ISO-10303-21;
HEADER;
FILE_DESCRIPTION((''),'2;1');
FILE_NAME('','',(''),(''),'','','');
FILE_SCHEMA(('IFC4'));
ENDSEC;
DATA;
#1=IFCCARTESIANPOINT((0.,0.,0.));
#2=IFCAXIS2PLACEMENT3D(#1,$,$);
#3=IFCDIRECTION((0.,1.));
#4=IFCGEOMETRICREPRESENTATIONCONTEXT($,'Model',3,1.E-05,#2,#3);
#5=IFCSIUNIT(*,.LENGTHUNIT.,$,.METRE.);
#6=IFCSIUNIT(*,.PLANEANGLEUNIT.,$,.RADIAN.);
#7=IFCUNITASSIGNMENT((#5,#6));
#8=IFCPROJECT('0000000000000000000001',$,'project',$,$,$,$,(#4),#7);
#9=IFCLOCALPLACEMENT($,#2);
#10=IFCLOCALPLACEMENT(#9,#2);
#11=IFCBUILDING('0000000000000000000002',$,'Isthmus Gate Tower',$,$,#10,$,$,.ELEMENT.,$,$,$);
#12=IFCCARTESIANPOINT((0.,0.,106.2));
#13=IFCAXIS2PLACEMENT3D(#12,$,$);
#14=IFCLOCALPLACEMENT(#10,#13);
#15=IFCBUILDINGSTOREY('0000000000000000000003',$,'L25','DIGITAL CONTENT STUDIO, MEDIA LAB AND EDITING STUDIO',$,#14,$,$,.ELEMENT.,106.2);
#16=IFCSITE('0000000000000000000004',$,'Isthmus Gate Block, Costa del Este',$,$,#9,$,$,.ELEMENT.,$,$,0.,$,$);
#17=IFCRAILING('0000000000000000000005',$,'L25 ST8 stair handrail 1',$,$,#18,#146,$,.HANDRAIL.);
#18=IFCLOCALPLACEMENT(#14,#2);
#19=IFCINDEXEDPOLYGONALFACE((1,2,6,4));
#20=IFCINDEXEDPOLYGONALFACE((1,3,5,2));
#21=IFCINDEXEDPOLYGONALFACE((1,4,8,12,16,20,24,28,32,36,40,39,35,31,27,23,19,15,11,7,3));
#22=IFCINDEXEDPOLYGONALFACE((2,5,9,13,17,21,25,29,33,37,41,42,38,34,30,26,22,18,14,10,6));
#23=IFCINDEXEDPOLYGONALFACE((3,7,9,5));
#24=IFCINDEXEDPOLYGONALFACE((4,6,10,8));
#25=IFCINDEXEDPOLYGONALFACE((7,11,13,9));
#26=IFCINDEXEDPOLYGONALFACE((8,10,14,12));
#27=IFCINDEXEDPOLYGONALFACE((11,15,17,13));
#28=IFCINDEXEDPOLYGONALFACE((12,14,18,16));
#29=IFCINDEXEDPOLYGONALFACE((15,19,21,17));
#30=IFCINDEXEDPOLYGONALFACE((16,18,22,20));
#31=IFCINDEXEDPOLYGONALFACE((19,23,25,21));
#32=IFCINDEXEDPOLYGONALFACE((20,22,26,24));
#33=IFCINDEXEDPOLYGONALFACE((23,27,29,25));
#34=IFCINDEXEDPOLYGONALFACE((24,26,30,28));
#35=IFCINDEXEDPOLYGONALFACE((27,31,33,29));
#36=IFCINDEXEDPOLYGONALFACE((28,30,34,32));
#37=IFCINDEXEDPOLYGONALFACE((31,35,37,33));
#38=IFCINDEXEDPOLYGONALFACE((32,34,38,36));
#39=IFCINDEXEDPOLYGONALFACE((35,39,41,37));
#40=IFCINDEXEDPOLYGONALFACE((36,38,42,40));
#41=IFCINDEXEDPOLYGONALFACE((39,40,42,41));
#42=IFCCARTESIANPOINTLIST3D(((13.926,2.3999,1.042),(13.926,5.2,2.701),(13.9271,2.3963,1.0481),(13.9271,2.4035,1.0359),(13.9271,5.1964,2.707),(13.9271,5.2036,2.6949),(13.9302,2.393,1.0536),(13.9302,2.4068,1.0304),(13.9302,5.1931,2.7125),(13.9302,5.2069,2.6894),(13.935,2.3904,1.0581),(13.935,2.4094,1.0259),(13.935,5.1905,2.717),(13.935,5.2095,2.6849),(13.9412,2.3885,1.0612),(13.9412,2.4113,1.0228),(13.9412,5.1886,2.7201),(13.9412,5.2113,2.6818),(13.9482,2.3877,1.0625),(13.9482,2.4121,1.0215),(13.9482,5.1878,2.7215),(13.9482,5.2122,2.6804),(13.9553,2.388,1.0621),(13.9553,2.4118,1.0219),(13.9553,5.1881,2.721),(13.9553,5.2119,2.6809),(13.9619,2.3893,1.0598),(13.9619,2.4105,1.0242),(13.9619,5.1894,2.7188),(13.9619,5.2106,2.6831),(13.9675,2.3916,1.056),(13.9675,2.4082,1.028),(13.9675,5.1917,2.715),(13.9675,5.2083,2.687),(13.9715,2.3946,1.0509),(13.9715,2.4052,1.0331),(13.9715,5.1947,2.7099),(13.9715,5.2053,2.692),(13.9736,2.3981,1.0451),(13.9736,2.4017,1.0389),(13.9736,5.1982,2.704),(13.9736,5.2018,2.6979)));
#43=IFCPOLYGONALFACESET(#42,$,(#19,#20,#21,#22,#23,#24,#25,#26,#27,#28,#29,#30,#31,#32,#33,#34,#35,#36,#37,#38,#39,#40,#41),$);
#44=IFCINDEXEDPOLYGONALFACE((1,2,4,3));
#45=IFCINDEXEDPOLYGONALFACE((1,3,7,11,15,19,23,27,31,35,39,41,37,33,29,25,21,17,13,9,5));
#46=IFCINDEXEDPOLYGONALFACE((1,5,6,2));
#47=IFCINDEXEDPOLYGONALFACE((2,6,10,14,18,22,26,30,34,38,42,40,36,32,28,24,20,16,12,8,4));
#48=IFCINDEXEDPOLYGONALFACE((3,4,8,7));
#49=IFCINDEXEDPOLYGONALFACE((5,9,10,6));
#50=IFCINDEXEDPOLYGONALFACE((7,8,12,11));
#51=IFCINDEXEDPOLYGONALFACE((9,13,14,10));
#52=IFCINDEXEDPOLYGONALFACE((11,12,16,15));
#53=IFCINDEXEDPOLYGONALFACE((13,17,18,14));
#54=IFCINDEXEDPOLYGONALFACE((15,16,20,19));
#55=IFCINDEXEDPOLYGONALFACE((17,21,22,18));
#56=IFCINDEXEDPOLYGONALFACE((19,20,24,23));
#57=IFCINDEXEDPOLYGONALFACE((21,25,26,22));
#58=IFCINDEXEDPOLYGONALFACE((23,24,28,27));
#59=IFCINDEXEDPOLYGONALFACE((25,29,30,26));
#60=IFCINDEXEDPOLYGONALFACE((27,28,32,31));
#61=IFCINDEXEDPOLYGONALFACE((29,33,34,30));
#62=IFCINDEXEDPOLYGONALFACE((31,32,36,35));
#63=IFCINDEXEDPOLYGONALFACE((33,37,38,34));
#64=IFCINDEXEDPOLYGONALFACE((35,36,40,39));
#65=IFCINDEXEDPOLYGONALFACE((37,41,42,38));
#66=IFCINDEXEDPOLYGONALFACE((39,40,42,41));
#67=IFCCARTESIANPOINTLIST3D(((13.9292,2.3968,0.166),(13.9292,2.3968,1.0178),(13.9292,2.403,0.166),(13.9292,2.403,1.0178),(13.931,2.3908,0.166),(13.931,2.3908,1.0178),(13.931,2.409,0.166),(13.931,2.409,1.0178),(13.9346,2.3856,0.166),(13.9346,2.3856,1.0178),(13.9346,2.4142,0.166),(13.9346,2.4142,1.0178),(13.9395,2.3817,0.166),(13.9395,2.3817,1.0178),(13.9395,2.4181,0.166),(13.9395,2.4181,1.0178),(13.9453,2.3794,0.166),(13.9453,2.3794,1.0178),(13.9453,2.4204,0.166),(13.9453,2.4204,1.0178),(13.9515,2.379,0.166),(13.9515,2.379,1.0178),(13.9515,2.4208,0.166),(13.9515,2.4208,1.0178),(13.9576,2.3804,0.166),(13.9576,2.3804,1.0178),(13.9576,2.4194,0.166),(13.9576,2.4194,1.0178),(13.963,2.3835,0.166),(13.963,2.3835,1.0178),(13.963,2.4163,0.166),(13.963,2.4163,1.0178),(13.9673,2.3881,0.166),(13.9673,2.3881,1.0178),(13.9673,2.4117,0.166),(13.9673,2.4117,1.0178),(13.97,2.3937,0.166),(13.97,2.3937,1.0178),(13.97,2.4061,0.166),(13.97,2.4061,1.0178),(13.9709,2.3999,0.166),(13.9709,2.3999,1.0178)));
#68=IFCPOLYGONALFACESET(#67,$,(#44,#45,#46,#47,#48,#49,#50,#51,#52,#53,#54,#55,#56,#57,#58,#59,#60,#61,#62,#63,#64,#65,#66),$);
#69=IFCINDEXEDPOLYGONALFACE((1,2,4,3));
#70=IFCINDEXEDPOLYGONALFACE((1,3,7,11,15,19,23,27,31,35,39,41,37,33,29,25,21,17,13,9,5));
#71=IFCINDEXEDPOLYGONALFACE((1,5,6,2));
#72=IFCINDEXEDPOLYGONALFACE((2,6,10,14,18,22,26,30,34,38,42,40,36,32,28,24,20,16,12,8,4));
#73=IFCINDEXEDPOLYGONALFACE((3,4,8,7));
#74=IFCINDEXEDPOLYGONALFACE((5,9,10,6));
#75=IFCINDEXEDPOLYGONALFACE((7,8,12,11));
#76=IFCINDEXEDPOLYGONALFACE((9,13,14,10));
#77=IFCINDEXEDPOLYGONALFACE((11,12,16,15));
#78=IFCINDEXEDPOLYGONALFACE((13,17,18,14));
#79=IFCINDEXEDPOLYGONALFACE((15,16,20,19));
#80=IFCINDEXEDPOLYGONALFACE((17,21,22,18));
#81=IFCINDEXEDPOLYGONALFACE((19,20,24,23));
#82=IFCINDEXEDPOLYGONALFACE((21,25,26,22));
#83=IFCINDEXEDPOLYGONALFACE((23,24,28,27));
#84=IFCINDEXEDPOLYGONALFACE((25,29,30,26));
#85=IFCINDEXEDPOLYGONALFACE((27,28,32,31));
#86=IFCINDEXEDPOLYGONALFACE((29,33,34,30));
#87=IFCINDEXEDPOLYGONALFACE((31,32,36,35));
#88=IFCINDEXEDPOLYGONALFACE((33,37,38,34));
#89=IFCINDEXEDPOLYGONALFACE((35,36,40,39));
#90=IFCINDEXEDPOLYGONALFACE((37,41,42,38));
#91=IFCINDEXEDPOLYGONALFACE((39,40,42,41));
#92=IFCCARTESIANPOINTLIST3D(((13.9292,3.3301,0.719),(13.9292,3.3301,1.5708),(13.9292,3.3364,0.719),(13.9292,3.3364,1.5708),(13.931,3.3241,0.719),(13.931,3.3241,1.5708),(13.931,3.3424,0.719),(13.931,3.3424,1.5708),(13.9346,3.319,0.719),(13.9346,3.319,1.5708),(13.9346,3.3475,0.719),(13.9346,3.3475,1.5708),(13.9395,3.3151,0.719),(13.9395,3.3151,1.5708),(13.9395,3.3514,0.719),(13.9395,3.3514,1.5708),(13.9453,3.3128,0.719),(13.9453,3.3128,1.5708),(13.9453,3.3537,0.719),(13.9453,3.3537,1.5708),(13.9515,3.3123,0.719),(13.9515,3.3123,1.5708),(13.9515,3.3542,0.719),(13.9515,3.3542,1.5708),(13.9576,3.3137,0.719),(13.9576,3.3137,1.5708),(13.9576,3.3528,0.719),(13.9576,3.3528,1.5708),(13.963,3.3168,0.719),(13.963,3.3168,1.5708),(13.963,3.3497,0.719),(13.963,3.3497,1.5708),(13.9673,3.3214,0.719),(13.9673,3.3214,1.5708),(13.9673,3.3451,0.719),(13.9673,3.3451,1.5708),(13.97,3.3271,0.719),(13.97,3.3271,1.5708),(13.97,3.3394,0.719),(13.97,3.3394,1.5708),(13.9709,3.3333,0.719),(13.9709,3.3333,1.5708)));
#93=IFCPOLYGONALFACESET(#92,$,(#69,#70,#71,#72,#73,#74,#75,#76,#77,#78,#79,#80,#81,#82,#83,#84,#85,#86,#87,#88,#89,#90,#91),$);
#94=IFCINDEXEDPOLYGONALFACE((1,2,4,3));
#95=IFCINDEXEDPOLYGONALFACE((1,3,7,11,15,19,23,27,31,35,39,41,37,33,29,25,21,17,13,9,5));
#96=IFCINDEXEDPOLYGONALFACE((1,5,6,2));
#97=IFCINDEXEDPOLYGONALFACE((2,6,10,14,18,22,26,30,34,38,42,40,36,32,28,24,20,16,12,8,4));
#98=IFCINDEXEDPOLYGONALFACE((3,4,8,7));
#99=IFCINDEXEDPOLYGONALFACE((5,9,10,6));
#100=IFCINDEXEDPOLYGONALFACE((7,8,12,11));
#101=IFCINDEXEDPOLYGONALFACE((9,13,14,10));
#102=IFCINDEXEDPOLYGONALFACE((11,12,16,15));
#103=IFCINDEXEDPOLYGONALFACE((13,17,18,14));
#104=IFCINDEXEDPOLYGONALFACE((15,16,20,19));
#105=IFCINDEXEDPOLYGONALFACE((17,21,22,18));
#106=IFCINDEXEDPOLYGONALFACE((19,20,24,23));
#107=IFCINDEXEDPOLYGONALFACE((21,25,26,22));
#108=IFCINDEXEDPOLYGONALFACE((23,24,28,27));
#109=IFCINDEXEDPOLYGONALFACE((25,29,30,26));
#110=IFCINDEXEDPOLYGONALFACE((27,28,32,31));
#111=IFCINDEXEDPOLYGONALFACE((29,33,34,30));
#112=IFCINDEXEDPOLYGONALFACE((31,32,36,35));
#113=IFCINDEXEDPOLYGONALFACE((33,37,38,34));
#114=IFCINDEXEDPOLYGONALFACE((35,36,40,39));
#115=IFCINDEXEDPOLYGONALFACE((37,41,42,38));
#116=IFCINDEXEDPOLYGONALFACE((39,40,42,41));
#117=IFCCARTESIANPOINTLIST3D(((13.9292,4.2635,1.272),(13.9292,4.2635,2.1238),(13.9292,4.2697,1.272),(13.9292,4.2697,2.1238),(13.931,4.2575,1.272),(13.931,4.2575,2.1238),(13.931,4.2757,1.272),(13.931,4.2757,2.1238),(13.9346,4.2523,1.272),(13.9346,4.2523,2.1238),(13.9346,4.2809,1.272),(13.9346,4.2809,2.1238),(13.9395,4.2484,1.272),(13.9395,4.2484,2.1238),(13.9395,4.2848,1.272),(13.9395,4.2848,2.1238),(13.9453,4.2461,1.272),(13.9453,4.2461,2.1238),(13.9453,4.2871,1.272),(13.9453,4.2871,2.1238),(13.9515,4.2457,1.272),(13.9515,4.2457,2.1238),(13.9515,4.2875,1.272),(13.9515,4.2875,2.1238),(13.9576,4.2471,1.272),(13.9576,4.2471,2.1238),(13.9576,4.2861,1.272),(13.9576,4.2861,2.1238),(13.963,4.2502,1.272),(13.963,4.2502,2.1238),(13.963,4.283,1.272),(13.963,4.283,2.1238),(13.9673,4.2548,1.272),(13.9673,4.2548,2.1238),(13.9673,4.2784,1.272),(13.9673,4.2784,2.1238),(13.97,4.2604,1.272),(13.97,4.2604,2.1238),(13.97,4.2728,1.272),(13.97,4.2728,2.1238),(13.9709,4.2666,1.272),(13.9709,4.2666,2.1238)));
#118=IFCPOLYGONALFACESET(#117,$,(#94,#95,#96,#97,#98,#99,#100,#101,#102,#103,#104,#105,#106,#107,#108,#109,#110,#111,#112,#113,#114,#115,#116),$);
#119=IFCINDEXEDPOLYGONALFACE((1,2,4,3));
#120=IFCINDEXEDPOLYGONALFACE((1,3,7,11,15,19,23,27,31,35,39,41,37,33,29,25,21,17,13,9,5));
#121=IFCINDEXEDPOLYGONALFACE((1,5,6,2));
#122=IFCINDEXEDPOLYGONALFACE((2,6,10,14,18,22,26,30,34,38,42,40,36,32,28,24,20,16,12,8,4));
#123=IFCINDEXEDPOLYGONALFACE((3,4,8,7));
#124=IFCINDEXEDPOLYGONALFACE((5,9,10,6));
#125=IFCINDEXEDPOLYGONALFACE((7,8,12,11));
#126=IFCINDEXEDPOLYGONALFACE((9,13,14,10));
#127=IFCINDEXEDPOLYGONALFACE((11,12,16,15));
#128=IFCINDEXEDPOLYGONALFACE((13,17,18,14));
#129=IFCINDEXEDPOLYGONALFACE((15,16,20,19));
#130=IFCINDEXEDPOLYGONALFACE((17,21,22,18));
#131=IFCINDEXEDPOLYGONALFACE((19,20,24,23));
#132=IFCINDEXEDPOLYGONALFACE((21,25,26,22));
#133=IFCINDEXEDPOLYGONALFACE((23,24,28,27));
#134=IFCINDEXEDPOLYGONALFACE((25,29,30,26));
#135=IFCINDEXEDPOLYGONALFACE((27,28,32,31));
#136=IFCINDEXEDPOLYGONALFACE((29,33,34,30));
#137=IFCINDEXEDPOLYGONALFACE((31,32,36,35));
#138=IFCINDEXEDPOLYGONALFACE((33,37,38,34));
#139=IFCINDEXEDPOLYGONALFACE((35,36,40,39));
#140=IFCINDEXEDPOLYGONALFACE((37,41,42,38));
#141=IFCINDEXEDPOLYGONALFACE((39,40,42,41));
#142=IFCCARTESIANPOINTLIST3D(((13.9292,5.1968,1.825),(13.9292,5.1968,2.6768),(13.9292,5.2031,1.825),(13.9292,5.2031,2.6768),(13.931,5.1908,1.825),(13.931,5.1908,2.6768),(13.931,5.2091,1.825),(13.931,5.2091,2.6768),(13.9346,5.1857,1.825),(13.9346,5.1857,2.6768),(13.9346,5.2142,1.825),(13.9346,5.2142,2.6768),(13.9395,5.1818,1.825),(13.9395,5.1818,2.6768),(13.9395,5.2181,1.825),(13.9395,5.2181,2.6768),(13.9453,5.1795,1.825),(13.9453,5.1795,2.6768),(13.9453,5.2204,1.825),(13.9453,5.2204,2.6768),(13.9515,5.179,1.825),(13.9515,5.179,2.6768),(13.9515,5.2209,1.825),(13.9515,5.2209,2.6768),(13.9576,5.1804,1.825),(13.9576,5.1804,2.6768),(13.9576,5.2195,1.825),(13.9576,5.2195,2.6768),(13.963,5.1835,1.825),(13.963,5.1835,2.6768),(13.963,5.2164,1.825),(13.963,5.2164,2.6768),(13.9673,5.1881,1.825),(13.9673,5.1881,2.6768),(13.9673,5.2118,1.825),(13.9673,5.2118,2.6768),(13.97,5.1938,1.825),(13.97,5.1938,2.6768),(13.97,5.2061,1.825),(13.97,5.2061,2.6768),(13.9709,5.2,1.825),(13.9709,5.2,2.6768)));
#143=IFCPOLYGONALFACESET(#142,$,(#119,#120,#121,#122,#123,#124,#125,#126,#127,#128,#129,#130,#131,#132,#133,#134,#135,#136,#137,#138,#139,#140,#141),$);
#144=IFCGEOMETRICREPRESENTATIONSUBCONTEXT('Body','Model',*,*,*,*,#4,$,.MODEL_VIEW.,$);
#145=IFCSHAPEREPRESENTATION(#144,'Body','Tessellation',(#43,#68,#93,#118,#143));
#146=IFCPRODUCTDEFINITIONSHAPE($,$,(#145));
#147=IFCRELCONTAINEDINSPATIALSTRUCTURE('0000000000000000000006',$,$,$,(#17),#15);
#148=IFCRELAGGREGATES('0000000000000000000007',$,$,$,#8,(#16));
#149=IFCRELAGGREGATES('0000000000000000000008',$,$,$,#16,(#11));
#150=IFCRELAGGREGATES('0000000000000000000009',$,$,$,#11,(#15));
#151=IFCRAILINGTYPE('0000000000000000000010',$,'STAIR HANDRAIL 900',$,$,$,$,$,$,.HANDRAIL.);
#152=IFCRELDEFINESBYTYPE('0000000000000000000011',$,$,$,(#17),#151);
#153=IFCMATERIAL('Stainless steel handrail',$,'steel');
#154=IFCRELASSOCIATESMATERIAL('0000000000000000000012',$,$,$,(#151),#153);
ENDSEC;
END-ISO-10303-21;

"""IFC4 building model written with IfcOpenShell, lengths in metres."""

from ifc_helpers import new_model, si_unit, direction, frame, origin, origin_2d, place, context, subcontext, project, spatial, circle, extrude, material, type_object, element, save


model = new_model("IFC4")

# Units and contexts
model_context = context("Model", 3, precision=1e-05, world=origin(), true_north=direction((0.0, 1.0)))
body_context = subcontext(model_context, "Body", "Model", "MODEL_VIEW")
ifc_project = project(units=[si_unit("LENGTHUNIT", "METRE"), si_unit("PLANEANGLEUNIT", "RADIAN")], contexts=[model_context])

# Site, building, storey
site_placement = place(None, origin())
site = spatial("IfcSite", under=ifc_project, at=site_placement, Name="Isthmus Gate Block, Costa del Este", CompositionType="ELEMENT", RefElevation=0.0)
building_placement = place(site_placement, origin())
building = spatial("IfcBuilding", under=site, at=building_placement, Name="Isthmus Gate Tower", CompositionType="ELEMENT")
storey_placement = place(building_placement, frame((0.0, 0.0, 106.2)))
storey = spatial("IfcBuildingStorey", under=building, at=storey_placement, Name="L25", Description="DIGITAL CONTENT STUDIO, MEDIA LAB AND EDITING STUDIO", CompositionType="ELEMENT", Elevation=106.2)

# Railing
ifc_material_1 = material(Name="Stainless steel handrail", Category="steel")
railing_type = type_object("IfcRailingType", Name="STAIR HANDRAIL 900", PredefinedType="HANDRAIL", material=ifc_material_1)
railing_placement = place(storey_placement, frame((13.95, 2.3999, 0.166)))
element("IfcRailing", 1, at=railing_placement, inside=storey, type_object=railing_type, Name="L25 ST8 stair handrail 1", PredefinedType="HANDRAIL", context=body_context, shape_type="SweptSolid", body=[
    extrude(circle(Radius=0.0239, at=origin_2d()), frame((0.0, 0.0, 0.876), z_axis=(0.0, 0.860339, 0.509722), x_axis=(-1.0, 0.0, 0.0)), (0.0, 0.0, 1.0), 3.2546),
    extrude(circle(Radius=0.021, at=origin_2d()), origin(), (0.0, 0.0, 1.0), 0.8518),
    extrude(circle(Radius=0.021, at=origin_2d()), frame((0.0, 0.9333, 0.553)), (0.0, 0.0, 1.0), 0.8518),
    extrude(circle(Radius=0.021, at=origin_2d()), frame((0.0, 1.8667, 1.106)), (0.0, 0.0, 1.0), 0.8518),
    extrude(circle(Radius=0.021, at=origin_2d()), frame((0.0, 2.8, 1.6589)), (0.0, 0.0, 1.0), 0.8518),
])

save(model, "model.ifc")
